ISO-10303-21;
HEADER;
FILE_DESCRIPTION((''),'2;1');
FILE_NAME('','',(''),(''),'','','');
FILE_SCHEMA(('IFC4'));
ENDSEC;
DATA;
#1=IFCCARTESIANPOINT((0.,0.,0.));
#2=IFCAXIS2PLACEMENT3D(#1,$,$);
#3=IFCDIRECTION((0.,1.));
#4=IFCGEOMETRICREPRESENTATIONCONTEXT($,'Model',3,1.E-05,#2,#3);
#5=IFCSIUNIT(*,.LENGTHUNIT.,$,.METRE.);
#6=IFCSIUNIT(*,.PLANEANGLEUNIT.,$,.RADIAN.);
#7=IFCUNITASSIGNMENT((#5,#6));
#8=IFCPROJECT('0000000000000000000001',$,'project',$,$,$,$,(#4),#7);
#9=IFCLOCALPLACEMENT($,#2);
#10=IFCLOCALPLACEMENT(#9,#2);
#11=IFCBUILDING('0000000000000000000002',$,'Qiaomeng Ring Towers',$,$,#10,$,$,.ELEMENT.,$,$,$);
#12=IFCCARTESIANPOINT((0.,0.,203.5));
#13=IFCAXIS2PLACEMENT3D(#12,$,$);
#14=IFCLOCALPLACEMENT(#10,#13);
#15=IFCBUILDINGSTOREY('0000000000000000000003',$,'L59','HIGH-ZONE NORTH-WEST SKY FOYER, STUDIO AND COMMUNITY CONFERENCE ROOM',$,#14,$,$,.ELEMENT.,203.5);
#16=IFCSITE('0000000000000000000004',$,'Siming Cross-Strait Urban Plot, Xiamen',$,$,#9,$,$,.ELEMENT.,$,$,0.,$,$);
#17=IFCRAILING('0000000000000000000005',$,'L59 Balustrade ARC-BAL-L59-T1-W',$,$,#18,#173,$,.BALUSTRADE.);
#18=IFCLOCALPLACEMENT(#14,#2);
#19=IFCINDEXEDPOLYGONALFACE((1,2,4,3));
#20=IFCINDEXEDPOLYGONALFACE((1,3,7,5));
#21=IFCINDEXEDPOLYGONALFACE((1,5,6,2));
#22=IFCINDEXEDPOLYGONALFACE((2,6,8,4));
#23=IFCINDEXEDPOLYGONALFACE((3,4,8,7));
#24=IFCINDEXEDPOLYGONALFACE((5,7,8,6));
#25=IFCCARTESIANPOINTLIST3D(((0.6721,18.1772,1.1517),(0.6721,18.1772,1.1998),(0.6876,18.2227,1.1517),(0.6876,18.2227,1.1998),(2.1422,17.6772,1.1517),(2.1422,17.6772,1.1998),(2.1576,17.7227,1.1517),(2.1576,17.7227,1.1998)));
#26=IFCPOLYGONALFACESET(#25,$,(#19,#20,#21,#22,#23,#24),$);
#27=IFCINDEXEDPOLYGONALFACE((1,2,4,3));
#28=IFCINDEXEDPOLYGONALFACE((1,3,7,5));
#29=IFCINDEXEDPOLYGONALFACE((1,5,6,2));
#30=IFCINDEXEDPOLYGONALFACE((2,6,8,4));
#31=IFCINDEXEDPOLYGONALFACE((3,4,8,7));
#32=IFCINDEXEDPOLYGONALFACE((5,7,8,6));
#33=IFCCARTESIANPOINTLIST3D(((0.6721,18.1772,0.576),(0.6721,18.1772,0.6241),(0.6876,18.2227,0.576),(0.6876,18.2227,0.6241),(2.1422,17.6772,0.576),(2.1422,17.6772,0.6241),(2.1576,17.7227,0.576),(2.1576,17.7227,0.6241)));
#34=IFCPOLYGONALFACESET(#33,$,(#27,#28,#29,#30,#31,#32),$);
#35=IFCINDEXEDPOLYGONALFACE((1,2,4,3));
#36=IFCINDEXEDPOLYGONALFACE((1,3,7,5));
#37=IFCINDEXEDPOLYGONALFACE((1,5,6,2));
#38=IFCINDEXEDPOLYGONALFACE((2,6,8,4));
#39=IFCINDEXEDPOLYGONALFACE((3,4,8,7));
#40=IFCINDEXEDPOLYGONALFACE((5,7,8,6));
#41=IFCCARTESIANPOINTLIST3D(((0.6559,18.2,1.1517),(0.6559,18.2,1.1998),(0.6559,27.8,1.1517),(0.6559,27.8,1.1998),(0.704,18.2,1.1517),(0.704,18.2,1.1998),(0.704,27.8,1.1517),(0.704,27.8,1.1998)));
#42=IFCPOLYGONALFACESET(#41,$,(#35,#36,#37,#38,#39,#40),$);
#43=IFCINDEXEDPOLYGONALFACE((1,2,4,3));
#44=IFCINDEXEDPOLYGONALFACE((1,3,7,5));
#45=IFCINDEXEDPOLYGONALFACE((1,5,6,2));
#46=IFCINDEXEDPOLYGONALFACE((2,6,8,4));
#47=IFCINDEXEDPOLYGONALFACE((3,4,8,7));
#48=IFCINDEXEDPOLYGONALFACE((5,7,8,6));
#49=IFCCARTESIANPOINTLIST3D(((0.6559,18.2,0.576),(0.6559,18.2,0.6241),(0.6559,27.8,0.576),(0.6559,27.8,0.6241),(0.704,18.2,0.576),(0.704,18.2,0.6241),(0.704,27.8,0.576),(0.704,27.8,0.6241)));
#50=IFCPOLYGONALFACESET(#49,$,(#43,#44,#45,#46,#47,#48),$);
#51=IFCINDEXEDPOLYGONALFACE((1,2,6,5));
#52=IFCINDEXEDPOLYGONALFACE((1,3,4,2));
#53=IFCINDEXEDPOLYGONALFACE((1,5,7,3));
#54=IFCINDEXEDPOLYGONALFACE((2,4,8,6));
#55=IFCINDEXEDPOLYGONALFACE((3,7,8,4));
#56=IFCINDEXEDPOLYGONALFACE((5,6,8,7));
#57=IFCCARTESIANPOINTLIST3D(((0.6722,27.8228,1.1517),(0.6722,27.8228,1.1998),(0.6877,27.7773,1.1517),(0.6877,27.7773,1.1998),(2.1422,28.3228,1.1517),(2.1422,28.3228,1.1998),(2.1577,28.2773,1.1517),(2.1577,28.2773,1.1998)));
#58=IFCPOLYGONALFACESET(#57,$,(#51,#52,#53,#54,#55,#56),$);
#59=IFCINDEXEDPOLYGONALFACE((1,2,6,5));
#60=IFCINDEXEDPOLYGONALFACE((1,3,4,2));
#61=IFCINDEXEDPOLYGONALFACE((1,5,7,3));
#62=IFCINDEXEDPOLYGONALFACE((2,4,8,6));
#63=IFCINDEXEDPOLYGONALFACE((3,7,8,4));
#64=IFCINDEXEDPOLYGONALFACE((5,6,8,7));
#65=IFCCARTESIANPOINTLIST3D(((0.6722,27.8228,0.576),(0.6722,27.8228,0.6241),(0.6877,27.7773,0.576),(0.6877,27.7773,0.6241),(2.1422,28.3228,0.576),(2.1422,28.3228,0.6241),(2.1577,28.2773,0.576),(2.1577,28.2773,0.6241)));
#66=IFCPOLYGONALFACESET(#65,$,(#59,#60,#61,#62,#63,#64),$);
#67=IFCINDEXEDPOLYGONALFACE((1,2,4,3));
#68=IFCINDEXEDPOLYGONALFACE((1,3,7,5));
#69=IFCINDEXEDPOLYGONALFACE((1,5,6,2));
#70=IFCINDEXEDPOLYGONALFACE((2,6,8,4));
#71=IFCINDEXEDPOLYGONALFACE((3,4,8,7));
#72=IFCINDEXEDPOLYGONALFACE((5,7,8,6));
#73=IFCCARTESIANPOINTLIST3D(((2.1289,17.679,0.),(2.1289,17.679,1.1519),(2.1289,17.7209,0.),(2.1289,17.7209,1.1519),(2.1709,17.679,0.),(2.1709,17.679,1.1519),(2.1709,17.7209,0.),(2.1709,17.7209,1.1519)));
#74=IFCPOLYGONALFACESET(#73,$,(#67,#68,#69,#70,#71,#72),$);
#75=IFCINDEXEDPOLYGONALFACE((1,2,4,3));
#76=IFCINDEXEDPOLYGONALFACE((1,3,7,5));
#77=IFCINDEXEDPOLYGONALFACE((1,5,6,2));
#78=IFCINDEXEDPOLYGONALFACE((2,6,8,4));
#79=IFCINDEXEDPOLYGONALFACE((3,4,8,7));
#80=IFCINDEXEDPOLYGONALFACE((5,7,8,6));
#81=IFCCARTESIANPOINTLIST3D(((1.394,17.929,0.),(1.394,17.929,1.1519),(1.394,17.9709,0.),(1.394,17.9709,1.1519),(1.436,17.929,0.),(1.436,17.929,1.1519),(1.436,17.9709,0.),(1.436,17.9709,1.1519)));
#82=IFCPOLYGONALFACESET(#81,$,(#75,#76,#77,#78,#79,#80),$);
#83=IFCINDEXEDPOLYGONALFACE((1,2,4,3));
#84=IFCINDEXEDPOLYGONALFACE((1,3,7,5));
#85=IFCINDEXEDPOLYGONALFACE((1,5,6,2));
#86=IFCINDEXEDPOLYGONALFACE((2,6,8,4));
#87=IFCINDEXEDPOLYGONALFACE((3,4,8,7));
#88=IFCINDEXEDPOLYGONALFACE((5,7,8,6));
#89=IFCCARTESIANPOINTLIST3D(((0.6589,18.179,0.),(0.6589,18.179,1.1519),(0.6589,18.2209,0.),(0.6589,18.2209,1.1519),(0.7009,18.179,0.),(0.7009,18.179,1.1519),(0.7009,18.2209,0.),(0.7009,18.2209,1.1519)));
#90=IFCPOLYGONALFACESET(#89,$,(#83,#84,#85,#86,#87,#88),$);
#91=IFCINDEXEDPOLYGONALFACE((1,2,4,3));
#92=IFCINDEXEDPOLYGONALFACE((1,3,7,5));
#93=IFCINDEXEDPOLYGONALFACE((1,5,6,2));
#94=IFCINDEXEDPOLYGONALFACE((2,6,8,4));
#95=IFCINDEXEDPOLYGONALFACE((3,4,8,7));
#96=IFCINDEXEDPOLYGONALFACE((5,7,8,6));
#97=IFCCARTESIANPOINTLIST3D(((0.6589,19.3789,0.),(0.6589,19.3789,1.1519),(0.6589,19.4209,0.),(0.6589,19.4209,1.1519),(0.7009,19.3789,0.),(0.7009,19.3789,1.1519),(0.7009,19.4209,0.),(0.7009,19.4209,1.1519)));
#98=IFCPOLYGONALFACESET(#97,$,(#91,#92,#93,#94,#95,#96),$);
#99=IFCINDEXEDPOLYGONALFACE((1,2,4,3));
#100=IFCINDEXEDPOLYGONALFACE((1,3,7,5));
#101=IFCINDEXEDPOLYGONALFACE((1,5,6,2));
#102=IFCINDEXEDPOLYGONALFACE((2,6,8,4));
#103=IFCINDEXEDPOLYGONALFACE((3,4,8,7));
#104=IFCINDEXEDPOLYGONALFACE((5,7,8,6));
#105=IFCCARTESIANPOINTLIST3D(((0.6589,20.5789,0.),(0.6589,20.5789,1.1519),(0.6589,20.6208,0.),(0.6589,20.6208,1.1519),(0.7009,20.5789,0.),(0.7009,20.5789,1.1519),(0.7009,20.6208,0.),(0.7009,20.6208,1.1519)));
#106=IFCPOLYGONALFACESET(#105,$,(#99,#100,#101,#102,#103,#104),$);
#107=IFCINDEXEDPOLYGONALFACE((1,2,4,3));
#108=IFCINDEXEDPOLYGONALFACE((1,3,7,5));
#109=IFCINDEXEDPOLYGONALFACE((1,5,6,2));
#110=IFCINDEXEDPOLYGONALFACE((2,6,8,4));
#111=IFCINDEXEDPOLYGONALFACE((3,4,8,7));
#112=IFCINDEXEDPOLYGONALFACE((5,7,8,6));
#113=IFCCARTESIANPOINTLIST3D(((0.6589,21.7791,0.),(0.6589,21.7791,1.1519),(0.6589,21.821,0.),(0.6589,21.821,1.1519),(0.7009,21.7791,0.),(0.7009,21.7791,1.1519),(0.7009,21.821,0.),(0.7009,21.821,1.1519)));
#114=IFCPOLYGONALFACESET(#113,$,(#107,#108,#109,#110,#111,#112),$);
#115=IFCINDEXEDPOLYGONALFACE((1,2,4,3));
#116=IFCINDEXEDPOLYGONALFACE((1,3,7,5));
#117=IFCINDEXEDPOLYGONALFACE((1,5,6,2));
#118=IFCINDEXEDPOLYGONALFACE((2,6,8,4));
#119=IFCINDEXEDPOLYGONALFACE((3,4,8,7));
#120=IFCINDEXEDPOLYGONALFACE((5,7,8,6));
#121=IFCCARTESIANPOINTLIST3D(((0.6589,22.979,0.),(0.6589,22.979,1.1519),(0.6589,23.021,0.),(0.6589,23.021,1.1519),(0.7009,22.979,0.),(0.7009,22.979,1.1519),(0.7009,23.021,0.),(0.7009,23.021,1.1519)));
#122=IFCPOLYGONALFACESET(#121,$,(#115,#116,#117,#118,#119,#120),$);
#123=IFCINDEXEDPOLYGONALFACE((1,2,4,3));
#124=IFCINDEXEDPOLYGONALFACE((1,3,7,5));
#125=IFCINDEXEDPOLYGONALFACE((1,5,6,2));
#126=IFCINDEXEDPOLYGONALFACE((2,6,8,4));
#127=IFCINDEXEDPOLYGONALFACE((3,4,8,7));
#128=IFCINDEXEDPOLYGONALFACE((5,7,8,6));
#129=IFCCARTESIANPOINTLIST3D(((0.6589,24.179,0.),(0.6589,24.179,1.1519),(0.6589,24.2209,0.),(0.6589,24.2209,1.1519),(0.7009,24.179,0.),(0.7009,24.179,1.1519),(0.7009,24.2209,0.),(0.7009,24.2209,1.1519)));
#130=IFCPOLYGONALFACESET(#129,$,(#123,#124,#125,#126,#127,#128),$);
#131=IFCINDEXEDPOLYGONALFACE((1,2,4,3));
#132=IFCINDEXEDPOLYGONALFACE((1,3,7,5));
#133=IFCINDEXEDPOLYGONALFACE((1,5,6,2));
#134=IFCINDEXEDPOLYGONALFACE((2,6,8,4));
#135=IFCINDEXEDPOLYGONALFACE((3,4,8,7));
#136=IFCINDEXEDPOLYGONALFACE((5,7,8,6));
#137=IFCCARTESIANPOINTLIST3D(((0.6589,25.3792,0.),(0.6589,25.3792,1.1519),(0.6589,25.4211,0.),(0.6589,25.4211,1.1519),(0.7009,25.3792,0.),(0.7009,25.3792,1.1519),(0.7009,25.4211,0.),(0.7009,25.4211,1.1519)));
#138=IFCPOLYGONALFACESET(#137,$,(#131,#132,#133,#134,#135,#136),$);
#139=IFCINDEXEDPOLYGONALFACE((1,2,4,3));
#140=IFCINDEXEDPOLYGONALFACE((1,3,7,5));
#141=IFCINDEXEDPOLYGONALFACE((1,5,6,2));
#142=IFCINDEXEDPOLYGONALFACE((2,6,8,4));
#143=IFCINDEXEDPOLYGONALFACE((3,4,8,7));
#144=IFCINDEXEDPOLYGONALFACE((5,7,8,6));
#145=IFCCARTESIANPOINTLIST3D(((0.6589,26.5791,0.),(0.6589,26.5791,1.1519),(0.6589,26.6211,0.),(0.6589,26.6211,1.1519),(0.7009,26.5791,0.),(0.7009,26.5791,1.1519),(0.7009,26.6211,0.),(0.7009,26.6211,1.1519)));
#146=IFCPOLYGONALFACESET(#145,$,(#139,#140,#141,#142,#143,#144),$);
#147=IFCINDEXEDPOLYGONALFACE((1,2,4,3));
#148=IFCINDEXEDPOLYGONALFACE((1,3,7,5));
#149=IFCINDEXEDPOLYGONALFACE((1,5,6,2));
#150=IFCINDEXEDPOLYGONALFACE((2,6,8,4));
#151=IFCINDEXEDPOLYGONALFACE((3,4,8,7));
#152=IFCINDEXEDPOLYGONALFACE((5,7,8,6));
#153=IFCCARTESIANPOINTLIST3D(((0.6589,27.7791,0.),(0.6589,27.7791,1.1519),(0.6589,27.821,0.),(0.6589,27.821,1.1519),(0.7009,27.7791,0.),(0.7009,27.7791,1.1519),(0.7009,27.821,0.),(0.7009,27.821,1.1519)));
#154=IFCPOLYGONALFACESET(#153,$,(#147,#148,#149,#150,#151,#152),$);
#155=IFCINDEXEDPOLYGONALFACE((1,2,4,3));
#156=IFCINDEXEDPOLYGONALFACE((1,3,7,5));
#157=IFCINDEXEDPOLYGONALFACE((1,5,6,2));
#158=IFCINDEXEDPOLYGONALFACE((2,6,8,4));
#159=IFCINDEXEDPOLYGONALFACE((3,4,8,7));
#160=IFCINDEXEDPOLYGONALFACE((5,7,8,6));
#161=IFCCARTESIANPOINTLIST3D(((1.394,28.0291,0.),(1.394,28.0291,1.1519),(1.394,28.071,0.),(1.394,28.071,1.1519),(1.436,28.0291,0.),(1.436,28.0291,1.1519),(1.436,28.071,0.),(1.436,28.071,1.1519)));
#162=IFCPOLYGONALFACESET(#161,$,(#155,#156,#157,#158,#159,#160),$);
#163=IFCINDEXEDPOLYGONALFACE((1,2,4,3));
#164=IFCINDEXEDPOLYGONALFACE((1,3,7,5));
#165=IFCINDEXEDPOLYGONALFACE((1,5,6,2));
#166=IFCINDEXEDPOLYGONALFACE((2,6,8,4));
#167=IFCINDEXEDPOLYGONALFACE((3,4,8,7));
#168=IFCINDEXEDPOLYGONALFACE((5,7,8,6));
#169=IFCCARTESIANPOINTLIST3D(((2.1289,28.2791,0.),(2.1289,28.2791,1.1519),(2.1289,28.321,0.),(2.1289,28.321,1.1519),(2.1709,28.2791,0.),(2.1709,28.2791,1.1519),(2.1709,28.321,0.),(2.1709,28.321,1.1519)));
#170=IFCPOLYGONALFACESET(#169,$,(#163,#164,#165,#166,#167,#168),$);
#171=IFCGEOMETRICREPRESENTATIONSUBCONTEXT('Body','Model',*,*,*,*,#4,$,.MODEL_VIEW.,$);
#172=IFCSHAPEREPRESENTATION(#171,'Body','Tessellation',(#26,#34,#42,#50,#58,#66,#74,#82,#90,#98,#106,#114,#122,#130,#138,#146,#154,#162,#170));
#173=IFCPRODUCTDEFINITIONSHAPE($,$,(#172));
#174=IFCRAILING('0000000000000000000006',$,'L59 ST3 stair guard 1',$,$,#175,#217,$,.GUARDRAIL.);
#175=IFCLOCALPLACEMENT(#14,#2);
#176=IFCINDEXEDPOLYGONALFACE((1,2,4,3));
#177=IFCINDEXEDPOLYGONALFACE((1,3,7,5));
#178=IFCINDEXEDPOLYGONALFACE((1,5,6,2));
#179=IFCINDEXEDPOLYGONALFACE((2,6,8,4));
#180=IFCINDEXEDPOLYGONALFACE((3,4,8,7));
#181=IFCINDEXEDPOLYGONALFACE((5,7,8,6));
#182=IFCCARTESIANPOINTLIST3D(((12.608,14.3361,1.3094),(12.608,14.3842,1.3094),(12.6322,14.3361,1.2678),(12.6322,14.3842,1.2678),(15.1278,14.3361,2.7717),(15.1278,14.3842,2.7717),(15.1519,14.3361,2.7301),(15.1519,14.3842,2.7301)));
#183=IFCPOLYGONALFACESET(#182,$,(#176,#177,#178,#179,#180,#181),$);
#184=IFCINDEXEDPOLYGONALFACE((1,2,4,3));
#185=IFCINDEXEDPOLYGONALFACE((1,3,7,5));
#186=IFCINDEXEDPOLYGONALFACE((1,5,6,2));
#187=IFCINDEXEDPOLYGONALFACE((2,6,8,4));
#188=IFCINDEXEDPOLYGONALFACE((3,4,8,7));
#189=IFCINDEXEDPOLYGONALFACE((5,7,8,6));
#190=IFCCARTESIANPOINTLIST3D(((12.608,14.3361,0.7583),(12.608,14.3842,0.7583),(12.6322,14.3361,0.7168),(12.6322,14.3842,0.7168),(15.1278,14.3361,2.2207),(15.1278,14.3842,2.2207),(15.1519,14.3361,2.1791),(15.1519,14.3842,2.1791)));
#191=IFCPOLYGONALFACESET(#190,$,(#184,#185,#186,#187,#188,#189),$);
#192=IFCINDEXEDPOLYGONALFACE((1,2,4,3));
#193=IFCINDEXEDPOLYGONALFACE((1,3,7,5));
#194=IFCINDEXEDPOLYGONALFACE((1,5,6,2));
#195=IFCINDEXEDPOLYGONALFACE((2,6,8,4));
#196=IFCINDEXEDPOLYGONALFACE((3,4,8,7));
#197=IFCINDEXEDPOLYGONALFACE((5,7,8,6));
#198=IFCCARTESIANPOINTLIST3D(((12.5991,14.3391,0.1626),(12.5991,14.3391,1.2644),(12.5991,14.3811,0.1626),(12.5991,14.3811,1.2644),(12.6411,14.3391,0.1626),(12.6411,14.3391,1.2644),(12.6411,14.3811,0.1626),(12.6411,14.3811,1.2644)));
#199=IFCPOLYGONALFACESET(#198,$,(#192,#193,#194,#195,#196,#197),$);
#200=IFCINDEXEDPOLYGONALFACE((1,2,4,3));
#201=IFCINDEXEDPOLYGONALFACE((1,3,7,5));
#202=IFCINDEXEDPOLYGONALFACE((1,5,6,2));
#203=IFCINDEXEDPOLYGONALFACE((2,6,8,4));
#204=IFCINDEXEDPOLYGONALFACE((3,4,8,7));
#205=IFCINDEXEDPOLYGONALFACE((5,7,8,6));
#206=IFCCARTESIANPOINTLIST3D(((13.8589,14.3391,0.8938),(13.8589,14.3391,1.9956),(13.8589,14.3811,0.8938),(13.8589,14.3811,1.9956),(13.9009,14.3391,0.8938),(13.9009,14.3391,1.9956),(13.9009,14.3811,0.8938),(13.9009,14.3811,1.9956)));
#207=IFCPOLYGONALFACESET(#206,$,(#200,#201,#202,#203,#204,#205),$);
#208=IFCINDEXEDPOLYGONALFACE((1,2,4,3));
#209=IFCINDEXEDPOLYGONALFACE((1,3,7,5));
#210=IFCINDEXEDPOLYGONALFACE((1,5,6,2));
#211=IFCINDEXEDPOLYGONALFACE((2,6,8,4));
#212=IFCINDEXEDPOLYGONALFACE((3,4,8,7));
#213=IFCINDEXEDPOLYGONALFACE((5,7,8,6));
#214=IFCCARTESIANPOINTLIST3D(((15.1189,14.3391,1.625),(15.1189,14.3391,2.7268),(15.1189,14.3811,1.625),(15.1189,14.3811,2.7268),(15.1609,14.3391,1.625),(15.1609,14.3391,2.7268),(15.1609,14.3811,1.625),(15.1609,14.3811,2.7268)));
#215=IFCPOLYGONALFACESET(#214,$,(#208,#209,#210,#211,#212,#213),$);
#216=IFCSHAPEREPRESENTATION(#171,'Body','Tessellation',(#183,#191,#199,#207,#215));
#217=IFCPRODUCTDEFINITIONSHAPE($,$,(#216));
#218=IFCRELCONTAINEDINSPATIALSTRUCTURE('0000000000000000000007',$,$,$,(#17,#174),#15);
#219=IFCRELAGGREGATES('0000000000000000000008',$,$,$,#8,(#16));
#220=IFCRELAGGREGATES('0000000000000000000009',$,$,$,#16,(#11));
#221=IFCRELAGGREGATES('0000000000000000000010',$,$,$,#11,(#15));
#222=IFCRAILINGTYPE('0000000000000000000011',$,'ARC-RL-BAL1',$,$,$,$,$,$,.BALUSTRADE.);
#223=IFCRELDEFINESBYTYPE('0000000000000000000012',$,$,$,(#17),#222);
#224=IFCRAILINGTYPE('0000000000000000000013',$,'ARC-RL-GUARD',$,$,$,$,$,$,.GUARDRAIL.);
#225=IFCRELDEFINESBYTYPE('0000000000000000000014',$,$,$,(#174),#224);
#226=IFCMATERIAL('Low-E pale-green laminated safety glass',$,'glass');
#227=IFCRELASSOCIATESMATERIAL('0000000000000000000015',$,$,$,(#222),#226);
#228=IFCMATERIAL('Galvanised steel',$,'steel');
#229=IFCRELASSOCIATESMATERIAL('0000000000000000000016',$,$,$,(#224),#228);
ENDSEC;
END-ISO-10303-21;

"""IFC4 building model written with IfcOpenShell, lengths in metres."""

from ifc_helpers import new_model, si_unit, direction, frame, origin, origin_2d, place, context, subcontext, project, spatial, rectangle, extrude, material, type_object, element, save


model = new_model("IFC4")

# Units and contexts
model_context = context("Model", 3, precision=1e-05, world=origin(), true_north=direction((0.0, 1.0)))
body_context = subcontext(model_context, "Body", "Model", "MODEL_VIEW")
ifc_project = project(units=[si_unit("LENGTHUNIT", "METRE"), si_unit("PLANEANGLEUNIT", "RADIAN")], contexts=[model_context])

# Site, building, storey
site_placement = place(None, origin())
site = spatial("IfcSite", under=ifc_project, at=site_placement, Name="Siming Cross-Strait Urban Plot, Xiamen", CompositionType="ELEMENT", RefElevation=0.0)
building_placement = place(site_placement, origin())
building = spatial("IfcBuilding", under=site, at=building_placement, Name="Qiaomeng Ring Towers", CompositionType="ELEMENT")
storey_placement = place(building_placement, frame((0.0, 0.0, 203.5)))
storey = spatial("IfcBuildingStorey", under=building, at=storey_placement, Name="L59", Description="HIGH-ZONE NORTH-WEST SKY FOYER, STUDIO AND COMMUNITY CONFERENCE ROOM", CompositionType="ELEMENT", Elevation=203.5)

# Shared definitions
ifc_material_1 = material(Name="Galvanised steel", Category="steel")

# Railings
ifc_material_2 = material(Name="Low-E pale-green laminated safety glass", Category="glass")
railing_type_1 = type_object("IfcRailingType", Name="ARC-RL-BAL1", PredefinedType="BALUSTRADE", material=ifc_material_2)
railing_1_placement = place(storey_placement, frame((2.1499, 17.7, 0.0)))
element("IfcRailing", 1, at=railing_1_placement, inside=storey, type_object=railing_type_1, Name="L59 Balustrade ARC-BAL-L59-T1-W", PredefinedType="BALUSTRADE", context=body_context, shape_type="SweptSolid", body=[
    extrude(rectangle(XDim=0.0481, YDim=0.0481, at=origin_2d()), frame((0.0, 0.0, 1.1758), z_axis=(-0.946732, 0.322024, 0.0), x_axis=(-0.322024, -0.946732, 0.0)), (0.0, 0.0, 1.0), 1.5527),
    extrude(rectangle(XDim=0.0481, YDim=0.0481, at=origin_2d()), frame((0.0, 0.0, 0.6001), z_axis=(-0.946732, 0.322024, 0.0), x_axis=(-0.322024, -0.946732, 0.0)), (0.0, 0.0, 1.0), 1.5527),
    extrude(rectangle(XDim=0.0481, YDim=0.0481, at=origin_2d()), frame((-1.47, 0.5, 1.1758), z_axis=(0.0, 1.0, 0.0), x_axis=(-1.0, 0.0, 0.0)), (0.0, 0.0, 1.0), 9.6001),
    extrude(rectangle(XDim=0.0481, YDim=0.0481, at=origin_2d()), frame((-1.47, 0.5, 0.6001), z_axis=(0.0, 1.0, 0.0), x_axis=(-1.0, 0.0, 0.0)), (0.0, 0.0, 1.0), 9.6001),
    extrude(rectangle(XDim=0.0481, YDim=0.0481, at=origin_2d()), frame((-1.47, 10.1001, 1.1758), z_axis=(0.946732, 0.322024, 0.0), x_axis=(-0.322024, 0.946732, 0.0)), (0.0, 0.0, 1.0), 1.5527),
    extrude(rectangle(XDim=0.0481, YDim=0.0481, at=origin_2d()), frame((-1.47, 10.1001, 0.6001), z_axis=(0.946732, 0.322024, 0.0), x_axis=(-0.322024, 0.946732, 0.0)), (0.0, 0.0, 1.0), 1.5527),
    extrude(rectangle(XDim=0.042, YDim=0.042, at=origin_2d()), origin(), (0.0, 0.0, 1.0), 1.1519),
    extrude(rectangle(XDim=0.042, YDim=0.042, at=origin_2d()), frame((-0.7349, 0.25, 0.0)), (0.0, 0.0, 1.0), 1.1519),
    extrude(rectangle(XDim=0.042, YDim=0.042, at=origin_2d()), frame((-1.47, 0.5, 0.0)), (0.0, 0.0, 1.0), 1.1519),
    extrude(rectangle(XDim=0.042, YDim=0.042, at=origin_2d()), frame((-1.47, 1.7, 0.0)), (0.0, 0.0, 1.0), 1.1519),
    extrude(rectangle(XDim=0.042, YDim=0.042, at=origin_2d()), frame((-1.47, 2.8999, 0.0)), (0.0, 0.0, 1.0), 1.1519),
    extrude(rectangle(XDim=0.042, YDim=0.042, at=origin_2d()), frame((-1.47, 4.1001, 0.0)), (0.0, 0.0, 1.0), 1.1519),
    extrude(rectangle(XDim=0.042, YDim=0.042, at=origin_2d()), frame((-1.47, 5.3, 0.0)), (0.0, 0.0, 1.0), 1.1519),
    extrude(rectangle(XDim=0.042, YDim=0.042, at=origin_2d()), frame((-1.47, 6.5, 0.0)), (0.0, 0.0, 1.0), 1.1519),
    extrude(rectangle(XDim=0.042, YDim=0.042, at=origin_2d()), frame((-1.47, 7.7002, 0.0)), (0.0, 0.0, 1.0), 1.1519),
    extrude(rectangle(XDim=0.042, YDim=0.042, at=origin_2d()), frame((-1.47, 8.9001, 0.0)), (0.0, 0.0, 1.0), 1.1519),
    extrude(rectangle(XDim=0.042, YDim=0.042, at=origin_2d()), frame((-1.47, 10.1001, 0.0)), (0.0, 0.0, 1.0), 1.1519),
    extrude(rectangle(XDim=0.042, YDim=0.042, at=origin_2d()), frame((-0.7349, 10.3501, 0.0)), (0.0, 0.0, 1.0), 1.1519),
    extrude(rectangle(XDim=0.042, YDim=0.042, at=origin_2d()), frame((0.0, 10.6001, 0.0)), (0.0, 0.0, 1.0), 1.1519),
])
railing_type_2 = type_object("IfcRailingType", Name="ARC-RL-GUARD", PredefinedType="GUARDRAIL", material=ifc_material_1)
railing_2_placement = place(storey_placement, frame((12.6201, 14.3601, 0.1626)))
element("IfcRailing", 2, at=railing_2_placement, inside=storey, type_object=railing_type_2, Name="L59 ST3 stair guard 1", PredefinedType="GUARDRAIL", context=body_context, shape_type="SweptSolid", body=[
    extrude(rectangle(XDim=0.0481, YDim=0.0481, at=origin_2d()), frame((0.0, 0.0, 1.126), z_axis=(0.864892, 0.0, 0.501958), x_axis=(0.0, 1.0, 0.0)), (0.0, 0.0, 1.0), 2.9133),
    extrude(rectangle(XDim=0.0481, YDim=0.0481, at=origin_2d()), frame((0.0, 0.0, 0.575), z_axis=(0.864892, 0.0, 0.501958), x_axis=(0.0, 1.0, 0.0)), (0.0, 0.0, 1.0), 2.9133),
    extrude(rectangle(XDim=0.042, YDim=0.042, at=origin_2d()), origin(), (0.0, 0.0, 1.0), 1.1018),
    extrude(rectangle(XDim=0.042, YDim=0.042, at=origin_2d()), frame((1.2598, 0.0, 0.7312)), (0.0, 0.0, 1.0), 1.1018),
    extrude(rectangle(XDim=0.042, YDim=0.042, at=origin_2d()), frame((2.5198, 0.0, 1.4624)), (0.0, 0.0, 1.0), 1.1018),
])

save(model, "model.ifc")
